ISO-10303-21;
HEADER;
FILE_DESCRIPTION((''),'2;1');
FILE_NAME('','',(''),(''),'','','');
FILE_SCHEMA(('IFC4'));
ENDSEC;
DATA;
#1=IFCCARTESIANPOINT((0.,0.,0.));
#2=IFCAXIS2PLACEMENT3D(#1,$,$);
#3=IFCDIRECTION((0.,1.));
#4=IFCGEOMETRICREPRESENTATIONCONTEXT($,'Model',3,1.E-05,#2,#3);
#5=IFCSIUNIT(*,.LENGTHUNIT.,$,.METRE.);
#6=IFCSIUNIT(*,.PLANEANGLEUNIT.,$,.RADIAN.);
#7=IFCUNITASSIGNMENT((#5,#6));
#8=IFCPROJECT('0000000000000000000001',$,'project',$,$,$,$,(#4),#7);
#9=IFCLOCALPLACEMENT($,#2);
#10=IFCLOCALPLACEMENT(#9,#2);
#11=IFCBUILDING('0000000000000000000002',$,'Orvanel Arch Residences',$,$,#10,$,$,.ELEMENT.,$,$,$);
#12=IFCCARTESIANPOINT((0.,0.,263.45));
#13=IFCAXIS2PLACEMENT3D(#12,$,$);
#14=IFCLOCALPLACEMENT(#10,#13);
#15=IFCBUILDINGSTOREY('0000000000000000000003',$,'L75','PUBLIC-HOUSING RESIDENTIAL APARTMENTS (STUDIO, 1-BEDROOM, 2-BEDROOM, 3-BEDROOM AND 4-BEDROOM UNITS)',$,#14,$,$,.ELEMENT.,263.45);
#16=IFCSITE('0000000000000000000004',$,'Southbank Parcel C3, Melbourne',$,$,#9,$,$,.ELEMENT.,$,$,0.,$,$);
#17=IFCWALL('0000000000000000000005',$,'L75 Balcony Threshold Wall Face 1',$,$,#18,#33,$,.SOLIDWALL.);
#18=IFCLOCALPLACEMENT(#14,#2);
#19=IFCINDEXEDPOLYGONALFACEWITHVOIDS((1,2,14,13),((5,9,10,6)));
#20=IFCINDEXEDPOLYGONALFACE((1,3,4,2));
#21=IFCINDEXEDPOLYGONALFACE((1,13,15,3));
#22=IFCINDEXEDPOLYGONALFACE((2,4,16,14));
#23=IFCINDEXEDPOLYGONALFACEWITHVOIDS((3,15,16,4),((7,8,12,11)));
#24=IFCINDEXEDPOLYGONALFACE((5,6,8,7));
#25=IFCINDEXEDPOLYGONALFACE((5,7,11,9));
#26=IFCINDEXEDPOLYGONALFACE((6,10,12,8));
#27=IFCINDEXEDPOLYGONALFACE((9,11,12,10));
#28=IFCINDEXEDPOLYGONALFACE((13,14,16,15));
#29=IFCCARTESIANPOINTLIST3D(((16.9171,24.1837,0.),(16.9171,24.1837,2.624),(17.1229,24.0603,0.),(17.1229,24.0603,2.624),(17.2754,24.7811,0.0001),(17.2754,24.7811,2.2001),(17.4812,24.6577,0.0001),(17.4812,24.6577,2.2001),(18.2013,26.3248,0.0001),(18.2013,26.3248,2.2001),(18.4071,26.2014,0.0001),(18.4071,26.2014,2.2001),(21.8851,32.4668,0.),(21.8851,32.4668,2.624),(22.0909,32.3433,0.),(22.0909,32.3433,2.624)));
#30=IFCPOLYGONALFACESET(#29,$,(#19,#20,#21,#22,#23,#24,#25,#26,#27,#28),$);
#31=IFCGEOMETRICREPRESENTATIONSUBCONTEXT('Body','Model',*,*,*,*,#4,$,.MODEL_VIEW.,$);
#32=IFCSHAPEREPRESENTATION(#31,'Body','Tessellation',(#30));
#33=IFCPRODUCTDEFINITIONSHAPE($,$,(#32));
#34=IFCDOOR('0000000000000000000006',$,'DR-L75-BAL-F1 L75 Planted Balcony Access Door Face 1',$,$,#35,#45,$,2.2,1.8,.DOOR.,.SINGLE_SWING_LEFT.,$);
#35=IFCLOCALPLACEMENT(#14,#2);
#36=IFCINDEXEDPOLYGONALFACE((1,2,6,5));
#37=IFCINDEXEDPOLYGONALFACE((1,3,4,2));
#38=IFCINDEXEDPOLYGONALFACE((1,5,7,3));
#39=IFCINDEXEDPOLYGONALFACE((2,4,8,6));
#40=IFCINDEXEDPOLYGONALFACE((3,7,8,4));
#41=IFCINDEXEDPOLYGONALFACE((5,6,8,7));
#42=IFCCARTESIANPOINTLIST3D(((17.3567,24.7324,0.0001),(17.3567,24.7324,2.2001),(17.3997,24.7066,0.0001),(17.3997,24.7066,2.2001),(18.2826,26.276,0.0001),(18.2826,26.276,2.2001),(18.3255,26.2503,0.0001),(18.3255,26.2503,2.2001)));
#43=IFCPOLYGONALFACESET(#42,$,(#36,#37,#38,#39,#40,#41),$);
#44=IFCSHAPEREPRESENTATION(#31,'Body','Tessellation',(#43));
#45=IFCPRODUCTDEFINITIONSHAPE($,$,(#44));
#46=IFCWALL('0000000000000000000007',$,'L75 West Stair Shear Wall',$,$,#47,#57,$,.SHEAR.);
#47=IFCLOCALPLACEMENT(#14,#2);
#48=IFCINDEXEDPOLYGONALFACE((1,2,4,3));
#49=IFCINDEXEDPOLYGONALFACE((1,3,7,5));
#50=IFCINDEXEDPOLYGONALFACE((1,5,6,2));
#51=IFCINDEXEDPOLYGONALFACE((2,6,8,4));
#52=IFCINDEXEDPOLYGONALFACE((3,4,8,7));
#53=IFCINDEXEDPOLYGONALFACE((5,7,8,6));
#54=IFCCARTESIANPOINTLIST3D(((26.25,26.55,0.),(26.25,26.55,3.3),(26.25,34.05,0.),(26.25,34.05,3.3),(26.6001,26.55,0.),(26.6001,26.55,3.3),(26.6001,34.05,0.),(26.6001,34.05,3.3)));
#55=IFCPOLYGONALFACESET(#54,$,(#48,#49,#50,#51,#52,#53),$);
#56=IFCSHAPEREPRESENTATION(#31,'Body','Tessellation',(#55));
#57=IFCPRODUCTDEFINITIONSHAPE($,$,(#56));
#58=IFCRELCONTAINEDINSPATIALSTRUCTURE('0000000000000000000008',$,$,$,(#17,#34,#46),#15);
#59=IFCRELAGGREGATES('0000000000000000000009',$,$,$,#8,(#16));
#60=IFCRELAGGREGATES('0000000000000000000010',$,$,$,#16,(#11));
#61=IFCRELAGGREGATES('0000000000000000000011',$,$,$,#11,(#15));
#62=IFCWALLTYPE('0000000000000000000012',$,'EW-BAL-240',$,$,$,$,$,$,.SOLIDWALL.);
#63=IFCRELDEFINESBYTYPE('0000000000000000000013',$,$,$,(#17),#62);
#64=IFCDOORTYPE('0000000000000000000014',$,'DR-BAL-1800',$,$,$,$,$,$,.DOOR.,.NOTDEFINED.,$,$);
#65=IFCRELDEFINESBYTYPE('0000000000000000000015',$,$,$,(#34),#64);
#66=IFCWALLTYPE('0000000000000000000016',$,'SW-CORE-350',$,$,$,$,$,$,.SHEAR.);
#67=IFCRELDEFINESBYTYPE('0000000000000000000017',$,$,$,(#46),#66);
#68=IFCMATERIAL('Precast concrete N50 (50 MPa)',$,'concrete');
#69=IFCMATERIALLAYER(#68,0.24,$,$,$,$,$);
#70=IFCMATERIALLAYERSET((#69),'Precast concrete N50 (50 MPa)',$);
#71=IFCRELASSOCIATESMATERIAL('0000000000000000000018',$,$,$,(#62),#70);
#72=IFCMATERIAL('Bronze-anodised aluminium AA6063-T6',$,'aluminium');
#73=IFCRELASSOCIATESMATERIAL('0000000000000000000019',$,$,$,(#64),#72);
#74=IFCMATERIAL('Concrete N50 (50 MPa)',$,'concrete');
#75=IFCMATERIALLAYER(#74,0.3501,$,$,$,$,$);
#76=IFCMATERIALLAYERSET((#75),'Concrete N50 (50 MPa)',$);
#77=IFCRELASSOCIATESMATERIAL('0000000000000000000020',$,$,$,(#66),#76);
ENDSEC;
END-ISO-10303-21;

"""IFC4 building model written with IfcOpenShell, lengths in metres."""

from ifc_helpers import new_model, si_unit, direction, frame, frame_2d, origin, place, context, subcontext, project, spatial, rectangle, extrude, material, layer, layer_set, type_object, element, fill, save


model = new_model("IFC4")

# Units and contexts
model_context = context("Model", 3, precision=1e-05, world=origin(), true_north=direction((0.0, 1.0)))
body_context = subcontext(model_context, "Body", "Model", "MODEL_VIEW")
ifc_project = project(units=[si_unit("LENGTHUNIT", "METRE"), si_unit("PLANEANGLEUNIT", "RADIAN")], contexts=[model_context])

# Site, building, storey
site_placement = place(None, origin())
site = spatial("IfcSite", under=ifc_project, at=site_placement, Name="Southbank Parcel C3, Melbourne", CompositionType="ELEMENT", RefElevation=0.0)
building_placement = place(site_placement, origin())
building = spatial("IfcBuilding", under=site, at=building_placement, Name="Orvanel Arch Residences", CompositionType="ELEMENT")
storey_placement = place(building_placement, frame((0.0, 0.0, 263.45)))
storey = spatial("IfcBuildingStorey", under=building, at=storey_placement, Name="L75", Description="PUBLIC-HOUSING RESIDENTIAL APARTMENTS (STUDIO, 1-BEDROOM, 2-BEDROOM, 3-BEDROOM AND 4-BEDROOM UNITS)", CompositionType="ELEMENT", Elevation=263.45)

# Shared definitions
ifc_material_1 = material(Name="Bronze-anodised aluminium AA6063-T6", Category="aluminium")

# Wall, opening, door
ifc_material_2 = material(Name="Precast concrete N50 (50 MPa)", Category="concrete")
ifc_layer_1 = layer(ifc_material_2, 0.24)
ifc_layer_set_1 = layer_set([ifc_layer_1], Name="Precast concrete N50 (50 MPa)")
wall_type_1 = type_object("IfcWallType", Name="EW-BAL-240", PredefinedType="SOLIDWALL", material=ifc_layer_set_1)
wall_1_placement = place(storey_placement, frame((21.988, 32.405, 0.0), z_axis=(0.0, 0.0, 1.0), x_axis=(-0.514362, -0.857573, 0.0)))
wall_1 = element("IfcWall", 1, at=wall_1_placement, inside=storey, type_object=wall_type_1, Name="L75 Balcony Threshold Wall Face 1", PredefinedType="SOLIDWALL", context=body_context, shape_type="SweptSolid", body=[
    extrude(rectangle(XDim=9.6587, YDim=0.24, at=frame_2d((4.8293, 0.0))), origin(), (0.0, 0.0, 1.0), 2.624),
])
opening_1_placement = place(wall_1_placement, frame((7.1621, 0.0, 0.0)))
opening_1 = element("IfcOpeningElement", 2, at=opening_1_placement, cuts=wall_1, PredefinedType="OPENING", context=body_context, shape_type="SweptSolid", body=[
    extrude(rectangle(XDim=1.8, YDim=2.2, at=frame_2d((0.8999, 1.1001))), frame((0.0, 0.1299, 0.0), z_axis=(0.0, -1.0, 0.0), x_axis=(1.0, 0.0, 0.0)), (0.0, 0.0, 1.0), 0.26),
])
door_type_1 = type_object("IfcDoorType", Name="DR-BAL-1800", OperationType="NOTDEFINED", PredefinedType="DOOR", material=ifc_material_1)
door_1_placement = place(opening_1_placement, origin())
door_1 = element("IfcDoor", 3, at=door_1_placement, inside=storey, type_object=door_type_1, Name="DR-L75-BAL-F1 L75 Planted Balcony Access Door Face 1", OperationType="SINGLE_SWING_LEFT", OverallHeight=2.2, OverallWidth=1.8, PredefinedType="DOOR", context=body_context, shape_type="SweptSolid", body=[
    extrude(rectangle(XDim=1.8, YDim=2.2, at=frame_2d((0.8999, 1.1001))), frame((0.0, 0.0249, 0.0), z_axis=(0.0, -1.0, 0.0), x_axis=(1.0, 0.0, 0.0)), (0.0, 0.0, 1.0), 0.05),
])
fill(opening_1, door_1)

# Shared definitions
ifc_material_3 = material(Name="Concrete N50 (50 MPa)", Category="concrete")
ifc_layer_2 = layer(ifc_material_3, 0.3501)
ifc_layer_set_2 = layer_set([ifc_layer_2], Name="Concrete N50 (50 MPa)")
wall_type_2 = type_object("IfcWallType", Name="SW-CORE-350", PredefinedType="SHEAR", material=ifc_layer_set_2)

# Wall
wall_2_placement = place(storey_placement, frame((26.425, 26.55, 0.0), z_axis=(0.0, 0.0, 1.0), x_axis=(0.0, 1.0, 0.0)))
element("IfcWall", 4, at=wall_2_placement, inside=storey, type_object=wall_type_2, Name="L75 West Stair Shear Wall", PredefinedType="SHEAR", context=body_context, shape_type="SweptSolid", body=[
    extrude(rectangle(XDim=7.5, YDim=0.3501, at=frame_2d((3.75, 0.0))), origin(), (0.0, 0.0, 1.0), 3.3),
])

save(model, "model.ifc")
